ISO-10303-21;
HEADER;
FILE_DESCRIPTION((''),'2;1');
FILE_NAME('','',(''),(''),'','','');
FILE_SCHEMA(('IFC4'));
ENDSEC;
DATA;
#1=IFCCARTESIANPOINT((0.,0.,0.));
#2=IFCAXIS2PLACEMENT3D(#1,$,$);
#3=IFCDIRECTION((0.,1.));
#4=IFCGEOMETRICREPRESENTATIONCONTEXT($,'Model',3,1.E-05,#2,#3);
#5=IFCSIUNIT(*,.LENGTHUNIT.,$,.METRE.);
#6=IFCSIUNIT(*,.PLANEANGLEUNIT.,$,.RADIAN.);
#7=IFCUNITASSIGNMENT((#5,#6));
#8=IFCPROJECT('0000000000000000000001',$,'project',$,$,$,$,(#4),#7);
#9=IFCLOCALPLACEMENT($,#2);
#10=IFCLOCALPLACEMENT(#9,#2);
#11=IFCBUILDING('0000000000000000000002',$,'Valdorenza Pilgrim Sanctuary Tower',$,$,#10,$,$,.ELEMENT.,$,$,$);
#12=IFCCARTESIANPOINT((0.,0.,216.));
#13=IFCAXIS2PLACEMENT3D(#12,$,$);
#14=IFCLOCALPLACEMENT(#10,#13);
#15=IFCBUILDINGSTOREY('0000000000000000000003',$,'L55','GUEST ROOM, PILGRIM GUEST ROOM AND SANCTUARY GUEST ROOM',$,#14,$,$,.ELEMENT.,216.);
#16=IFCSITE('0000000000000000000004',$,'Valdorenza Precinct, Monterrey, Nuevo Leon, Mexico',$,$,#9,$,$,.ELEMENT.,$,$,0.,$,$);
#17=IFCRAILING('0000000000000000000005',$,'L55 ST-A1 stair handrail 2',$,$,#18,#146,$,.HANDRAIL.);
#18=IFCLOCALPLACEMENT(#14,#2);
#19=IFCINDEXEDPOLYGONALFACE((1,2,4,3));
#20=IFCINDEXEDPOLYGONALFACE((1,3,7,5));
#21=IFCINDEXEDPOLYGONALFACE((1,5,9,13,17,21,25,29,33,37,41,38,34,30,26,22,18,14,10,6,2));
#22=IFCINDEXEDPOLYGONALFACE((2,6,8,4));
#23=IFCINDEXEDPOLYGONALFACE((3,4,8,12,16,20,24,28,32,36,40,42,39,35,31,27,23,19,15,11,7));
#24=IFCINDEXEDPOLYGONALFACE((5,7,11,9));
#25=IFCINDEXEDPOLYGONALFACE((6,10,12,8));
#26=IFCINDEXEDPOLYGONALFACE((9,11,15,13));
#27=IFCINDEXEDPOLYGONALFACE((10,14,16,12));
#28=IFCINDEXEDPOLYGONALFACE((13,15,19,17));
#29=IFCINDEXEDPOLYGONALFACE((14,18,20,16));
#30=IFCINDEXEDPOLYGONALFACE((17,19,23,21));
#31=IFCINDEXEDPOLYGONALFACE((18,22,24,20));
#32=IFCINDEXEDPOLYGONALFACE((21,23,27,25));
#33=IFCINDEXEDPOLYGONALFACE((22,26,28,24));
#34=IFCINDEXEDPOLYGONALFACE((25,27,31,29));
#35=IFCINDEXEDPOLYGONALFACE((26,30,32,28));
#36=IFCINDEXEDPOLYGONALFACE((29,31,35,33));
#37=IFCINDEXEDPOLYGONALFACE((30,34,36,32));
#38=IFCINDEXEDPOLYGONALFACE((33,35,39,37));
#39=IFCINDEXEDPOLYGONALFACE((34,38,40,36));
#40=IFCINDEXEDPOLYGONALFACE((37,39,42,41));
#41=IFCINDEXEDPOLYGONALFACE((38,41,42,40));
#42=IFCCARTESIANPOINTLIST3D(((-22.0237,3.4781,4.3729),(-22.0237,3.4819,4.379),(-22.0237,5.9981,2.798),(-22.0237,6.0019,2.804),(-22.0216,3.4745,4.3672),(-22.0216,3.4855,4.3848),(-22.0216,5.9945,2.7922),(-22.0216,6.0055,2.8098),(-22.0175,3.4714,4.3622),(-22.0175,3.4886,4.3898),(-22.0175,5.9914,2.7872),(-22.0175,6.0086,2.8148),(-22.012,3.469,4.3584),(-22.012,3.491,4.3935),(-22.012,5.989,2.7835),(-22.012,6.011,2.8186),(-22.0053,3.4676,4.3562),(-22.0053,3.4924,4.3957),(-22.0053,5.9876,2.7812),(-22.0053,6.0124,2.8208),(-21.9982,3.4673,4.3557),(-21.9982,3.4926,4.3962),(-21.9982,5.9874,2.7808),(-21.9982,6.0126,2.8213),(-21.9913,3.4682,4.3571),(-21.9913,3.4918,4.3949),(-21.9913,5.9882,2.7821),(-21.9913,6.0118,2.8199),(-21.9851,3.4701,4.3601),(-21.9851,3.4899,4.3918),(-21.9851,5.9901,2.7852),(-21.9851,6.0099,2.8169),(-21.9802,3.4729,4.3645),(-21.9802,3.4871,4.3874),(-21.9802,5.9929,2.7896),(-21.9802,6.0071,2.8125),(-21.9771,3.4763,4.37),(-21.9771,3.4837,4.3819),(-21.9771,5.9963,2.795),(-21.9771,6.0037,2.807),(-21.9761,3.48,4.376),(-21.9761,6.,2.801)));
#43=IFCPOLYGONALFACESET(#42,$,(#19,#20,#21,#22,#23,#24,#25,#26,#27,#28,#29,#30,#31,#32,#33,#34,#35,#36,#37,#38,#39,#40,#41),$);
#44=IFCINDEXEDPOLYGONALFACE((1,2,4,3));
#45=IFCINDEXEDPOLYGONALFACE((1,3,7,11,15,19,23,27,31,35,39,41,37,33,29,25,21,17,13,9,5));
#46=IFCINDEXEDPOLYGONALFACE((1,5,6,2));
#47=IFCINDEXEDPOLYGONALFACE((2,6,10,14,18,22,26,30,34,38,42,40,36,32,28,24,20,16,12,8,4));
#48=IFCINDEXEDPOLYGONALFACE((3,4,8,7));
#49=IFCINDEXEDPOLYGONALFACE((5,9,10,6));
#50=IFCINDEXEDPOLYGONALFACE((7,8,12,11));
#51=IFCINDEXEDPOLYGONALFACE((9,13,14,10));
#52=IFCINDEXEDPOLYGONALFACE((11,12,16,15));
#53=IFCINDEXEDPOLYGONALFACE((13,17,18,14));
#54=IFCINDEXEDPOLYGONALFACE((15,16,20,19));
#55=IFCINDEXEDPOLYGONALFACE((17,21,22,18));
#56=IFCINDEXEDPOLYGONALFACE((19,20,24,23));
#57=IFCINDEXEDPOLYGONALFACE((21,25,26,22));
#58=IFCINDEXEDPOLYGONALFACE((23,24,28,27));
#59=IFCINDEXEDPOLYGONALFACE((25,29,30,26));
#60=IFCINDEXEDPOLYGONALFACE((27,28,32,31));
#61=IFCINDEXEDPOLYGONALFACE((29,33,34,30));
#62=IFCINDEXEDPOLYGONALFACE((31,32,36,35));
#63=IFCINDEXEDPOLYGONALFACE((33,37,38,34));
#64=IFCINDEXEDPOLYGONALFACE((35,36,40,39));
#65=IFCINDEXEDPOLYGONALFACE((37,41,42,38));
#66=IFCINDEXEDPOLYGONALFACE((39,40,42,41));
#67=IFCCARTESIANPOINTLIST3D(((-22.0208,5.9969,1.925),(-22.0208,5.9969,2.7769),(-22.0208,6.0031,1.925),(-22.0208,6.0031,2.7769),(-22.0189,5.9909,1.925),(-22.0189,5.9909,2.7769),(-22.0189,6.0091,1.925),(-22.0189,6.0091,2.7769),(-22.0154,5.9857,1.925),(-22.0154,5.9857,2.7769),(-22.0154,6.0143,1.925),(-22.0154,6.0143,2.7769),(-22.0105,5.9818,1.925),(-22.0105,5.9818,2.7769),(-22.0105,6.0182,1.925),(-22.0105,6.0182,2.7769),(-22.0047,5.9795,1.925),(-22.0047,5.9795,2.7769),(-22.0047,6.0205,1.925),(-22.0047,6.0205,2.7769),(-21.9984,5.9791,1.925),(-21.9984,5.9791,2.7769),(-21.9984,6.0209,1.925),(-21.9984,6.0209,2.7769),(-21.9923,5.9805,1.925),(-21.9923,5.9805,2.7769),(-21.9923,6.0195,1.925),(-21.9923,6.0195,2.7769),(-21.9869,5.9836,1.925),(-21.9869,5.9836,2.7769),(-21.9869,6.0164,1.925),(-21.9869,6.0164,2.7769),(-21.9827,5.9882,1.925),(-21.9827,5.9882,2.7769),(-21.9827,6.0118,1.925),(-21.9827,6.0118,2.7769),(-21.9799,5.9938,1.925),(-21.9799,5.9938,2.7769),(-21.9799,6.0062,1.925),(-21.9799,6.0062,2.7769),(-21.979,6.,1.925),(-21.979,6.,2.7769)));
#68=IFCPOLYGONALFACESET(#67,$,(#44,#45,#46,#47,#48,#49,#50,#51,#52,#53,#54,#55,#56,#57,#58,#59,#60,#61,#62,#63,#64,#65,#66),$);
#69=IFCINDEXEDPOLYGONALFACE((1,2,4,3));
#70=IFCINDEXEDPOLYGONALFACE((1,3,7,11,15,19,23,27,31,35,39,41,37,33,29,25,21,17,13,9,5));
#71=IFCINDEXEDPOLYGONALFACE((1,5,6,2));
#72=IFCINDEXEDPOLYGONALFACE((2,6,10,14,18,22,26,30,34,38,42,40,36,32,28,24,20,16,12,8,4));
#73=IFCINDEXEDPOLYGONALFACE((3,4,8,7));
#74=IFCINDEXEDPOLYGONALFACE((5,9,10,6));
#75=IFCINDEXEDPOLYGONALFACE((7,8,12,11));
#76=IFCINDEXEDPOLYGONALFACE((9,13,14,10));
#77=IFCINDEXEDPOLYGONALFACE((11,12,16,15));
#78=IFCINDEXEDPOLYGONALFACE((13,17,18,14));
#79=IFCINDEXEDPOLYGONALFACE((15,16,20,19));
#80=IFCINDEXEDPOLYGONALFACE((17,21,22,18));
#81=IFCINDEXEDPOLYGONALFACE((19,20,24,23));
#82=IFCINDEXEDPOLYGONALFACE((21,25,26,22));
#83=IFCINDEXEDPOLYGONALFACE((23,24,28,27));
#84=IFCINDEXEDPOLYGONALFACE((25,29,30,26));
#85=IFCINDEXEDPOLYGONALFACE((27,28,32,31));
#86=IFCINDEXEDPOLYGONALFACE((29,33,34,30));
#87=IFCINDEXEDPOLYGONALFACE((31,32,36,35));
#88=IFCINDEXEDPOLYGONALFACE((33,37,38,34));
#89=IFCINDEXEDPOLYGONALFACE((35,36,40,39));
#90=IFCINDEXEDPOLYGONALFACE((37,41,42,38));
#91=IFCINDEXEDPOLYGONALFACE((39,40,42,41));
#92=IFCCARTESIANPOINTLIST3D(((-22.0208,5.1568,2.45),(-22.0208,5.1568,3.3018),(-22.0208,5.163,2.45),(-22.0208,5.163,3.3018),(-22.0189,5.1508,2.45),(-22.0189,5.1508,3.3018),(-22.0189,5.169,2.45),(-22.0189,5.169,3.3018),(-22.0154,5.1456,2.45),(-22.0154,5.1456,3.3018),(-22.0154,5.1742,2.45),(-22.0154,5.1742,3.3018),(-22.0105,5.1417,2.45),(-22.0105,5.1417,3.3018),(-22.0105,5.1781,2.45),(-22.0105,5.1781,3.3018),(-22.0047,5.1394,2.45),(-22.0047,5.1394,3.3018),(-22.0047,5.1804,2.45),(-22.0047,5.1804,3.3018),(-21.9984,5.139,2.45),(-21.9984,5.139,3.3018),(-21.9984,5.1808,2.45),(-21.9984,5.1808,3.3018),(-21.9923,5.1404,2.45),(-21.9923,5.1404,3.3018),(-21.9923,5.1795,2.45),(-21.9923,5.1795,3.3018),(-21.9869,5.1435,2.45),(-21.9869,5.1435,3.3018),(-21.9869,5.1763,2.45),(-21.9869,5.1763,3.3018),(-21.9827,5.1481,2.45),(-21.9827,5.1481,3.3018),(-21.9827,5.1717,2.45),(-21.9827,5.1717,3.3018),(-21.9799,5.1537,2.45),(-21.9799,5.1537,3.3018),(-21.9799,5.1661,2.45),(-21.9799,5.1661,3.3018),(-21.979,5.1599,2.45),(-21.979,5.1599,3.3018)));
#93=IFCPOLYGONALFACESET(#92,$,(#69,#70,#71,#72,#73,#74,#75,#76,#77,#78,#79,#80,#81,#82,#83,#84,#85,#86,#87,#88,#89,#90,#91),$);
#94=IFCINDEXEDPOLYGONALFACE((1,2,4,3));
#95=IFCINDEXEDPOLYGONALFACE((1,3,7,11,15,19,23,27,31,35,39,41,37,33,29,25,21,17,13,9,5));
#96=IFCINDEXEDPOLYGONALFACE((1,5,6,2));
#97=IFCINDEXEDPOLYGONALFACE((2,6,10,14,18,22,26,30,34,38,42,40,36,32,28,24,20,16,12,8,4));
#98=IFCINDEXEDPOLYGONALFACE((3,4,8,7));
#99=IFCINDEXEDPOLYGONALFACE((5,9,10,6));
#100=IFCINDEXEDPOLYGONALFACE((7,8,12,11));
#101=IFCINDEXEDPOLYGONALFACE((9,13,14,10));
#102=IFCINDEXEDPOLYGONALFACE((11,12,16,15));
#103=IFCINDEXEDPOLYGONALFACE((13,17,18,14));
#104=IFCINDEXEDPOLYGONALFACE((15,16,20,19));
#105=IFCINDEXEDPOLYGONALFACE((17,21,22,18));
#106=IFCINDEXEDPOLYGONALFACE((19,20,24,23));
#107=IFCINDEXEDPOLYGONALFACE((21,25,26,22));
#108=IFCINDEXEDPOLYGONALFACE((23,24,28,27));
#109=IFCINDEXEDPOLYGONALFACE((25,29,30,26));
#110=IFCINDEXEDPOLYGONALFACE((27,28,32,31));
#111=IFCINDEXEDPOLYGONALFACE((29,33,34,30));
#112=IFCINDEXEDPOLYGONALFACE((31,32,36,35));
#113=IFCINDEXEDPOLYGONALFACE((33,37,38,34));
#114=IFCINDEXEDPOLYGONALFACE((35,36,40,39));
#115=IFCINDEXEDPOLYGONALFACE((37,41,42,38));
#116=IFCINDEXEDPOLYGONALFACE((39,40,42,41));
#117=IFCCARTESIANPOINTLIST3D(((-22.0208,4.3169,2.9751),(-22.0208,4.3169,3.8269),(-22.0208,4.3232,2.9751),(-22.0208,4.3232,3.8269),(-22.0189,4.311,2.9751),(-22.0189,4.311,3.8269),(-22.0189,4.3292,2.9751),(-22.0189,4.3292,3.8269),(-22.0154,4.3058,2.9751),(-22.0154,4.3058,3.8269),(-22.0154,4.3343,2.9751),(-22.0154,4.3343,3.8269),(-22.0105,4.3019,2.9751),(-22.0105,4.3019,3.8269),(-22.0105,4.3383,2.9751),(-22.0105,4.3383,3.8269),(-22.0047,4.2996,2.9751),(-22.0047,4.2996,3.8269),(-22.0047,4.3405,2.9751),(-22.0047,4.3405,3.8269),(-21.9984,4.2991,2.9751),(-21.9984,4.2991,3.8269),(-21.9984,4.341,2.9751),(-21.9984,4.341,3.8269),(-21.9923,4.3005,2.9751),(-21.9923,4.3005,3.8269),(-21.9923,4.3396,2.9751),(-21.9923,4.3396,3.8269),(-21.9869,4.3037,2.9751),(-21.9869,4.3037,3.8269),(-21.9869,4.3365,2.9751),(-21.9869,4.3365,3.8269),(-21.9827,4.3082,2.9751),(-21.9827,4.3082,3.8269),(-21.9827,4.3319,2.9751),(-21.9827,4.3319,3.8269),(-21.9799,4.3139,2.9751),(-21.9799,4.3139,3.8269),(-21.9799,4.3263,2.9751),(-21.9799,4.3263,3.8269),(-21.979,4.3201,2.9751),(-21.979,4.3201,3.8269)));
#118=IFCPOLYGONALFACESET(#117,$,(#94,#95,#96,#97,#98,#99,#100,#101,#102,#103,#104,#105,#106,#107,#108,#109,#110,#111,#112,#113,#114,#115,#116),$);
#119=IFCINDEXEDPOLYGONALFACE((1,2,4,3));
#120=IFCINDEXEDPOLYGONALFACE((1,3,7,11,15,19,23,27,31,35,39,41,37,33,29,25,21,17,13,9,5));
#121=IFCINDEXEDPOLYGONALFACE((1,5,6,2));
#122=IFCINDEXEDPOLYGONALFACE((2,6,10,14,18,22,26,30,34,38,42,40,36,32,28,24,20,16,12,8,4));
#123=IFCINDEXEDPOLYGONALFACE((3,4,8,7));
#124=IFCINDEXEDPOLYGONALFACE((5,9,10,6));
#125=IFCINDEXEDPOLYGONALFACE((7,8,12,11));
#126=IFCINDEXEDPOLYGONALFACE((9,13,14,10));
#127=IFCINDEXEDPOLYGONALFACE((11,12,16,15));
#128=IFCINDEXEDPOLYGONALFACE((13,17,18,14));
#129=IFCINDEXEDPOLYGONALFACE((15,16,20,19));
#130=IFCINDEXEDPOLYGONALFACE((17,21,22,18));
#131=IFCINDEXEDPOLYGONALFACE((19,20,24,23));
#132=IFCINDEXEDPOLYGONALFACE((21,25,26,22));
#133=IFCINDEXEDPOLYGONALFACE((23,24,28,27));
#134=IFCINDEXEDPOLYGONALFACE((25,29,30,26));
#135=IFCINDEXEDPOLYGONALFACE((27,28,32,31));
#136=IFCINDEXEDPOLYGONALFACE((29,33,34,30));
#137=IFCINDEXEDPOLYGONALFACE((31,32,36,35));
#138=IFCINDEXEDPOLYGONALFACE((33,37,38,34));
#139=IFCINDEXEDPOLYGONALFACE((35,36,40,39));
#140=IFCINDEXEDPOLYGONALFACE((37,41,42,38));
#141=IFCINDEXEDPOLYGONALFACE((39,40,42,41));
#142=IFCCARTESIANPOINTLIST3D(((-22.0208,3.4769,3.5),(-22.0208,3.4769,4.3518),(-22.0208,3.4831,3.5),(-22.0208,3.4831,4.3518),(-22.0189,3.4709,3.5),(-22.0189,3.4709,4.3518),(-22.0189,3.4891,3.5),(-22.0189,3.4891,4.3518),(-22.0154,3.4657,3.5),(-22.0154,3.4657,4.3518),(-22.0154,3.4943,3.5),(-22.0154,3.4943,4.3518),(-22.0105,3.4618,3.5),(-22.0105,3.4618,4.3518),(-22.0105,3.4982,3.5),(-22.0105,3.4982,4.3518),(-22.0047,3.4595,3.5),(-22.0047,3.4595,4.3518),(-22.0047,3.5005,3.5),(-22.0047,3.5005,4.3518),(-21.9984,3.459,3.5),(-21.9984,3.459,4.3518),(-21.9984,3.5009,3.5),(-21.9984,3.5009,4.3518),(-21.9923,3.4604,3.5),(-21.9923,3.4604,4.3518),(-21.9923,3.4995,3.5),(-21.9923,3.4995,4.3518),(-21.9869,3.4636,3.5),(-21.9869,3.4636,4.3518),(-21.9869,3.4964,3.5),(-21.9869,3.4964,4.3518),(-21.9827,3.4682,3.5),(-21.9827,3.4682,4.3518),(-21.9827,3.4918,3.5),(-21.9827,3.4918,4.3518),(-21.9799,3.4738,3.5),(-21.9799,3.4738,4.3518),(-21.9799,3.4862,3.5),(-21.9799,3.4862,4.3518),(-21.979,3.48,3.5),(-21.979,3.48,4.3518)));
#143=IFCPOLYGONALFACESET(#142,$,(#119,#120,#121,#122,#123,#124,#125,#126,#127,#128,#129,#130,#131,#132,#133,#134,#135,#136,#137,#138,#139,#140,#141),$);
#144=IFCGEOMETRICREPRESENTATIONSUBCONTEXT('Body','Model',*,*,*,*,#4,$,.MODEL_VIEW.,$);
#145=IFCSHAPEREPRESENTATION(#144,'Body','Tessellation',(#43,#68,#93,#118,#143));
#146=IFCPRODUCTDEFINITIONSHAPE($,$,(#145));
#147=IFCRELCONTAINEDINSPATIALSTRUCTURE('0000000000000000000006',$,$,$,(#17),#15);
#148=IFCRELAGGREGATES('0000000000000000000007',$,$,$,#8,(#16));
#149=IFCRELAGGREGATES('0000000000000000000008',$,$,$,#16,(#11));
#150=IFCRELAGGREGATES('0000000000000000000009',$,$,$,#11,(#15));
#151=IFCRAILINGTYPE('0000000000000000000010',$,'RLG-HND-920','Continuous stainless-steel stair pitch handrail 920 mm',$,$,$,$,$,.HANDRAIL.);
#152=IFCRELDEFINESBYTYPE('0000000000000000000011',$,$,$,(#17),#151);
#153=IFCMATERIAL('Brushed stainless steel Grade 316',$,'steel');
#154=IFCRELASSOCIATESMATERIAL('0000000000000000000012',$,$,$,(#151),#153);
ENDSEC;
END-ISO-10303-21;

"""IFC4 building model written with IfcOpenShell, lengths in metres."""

from ifc_helpers import new_model, si_unit, direction, frame, origin, origin_2d, place, context, subcontext, project, spatial, circle, extrude, material, type_object, element, save


model = new_model("IFC4")

# Units and contexts
model_context = context("Model", 3, precision=1e-05, world=origin(), true_north=direction((0.0, 1.0)))
body_context = subcontext(model_context, "Body", "Model", "MODEL_VIEW")
ifc_project = project(units=[si_unit("LENGTHUNIT", "METRE"), si_unit("PLANEANGLEUNIT", "RADIAN")], contexts=[model_context])

# Site, building, storey
site_placement = place(None, origin())
site = spatial("IfcSite", under=ifc_project, at=site_placement, Name="Valdorenza Precinct, Monterrey, Nuevo Leon, Mexico", CompositionType="ELEMENT", RefElevation=0.0)
building_placement = place(site_placement, origin())
building = spatial("IfcBuilding", under=site, at=building_placement, Name="Valdorenza Pilgrim Sanctuary Tower", CompositionType="ELEMENT")
storey_placement = place(building_placement, frame((0.0, 0.0, 216.0)))
storey = spatial("IfcBuildingStorey", under=building, at=storey_placement, Name="L55", Description="GUEST ROOM, PILGRIM GUEST ROOM AND SANCTUARY GUEST ROOM", CompositionType="ELEMENT", Elevation=216.0)

# Railing
ifc_material_1 = material(Name="Brushed stainless steel Grade 316", Category="steel")
railing_type_1 = type_object("IfcRailingType", Name="RLG-HND-920", Description="Continuous stainless-steel stair pitch handrail 920 mm", PredefinedType="HANDRAIL", material=ifc_material_1)
railing_1_placement = place(storey_placement, frame((-22.0, 6.0, 1.925)))
element("IfcRailing", 1, at=railing_1_placement, inside=storey, type_object=railing_type_1, Name="L55 ST-A1 stair handrail 2", PredefinedType="HANDRAIL", context=body_context, shape_type="SweptSolid", body=[
    extrude(circle(Radius=0.0239, at=origin_2d()), frame((0.0, 0.0, 0.876), z_axis=(0.0, -0.848008, 0.529984), x_axis=(1.0, 0.0, 0.0)), (0.0, 0.0, 1.0), 2.9717),
    extrude(circle(Radius=0.021, at=origin_2d()), origin(), (0.0, 0.0, 1.0), 0.8518),
    extrude(circle(Radius=0.021, at=origin_2d()), frame((0.0, -0.8401, 0.5249)), (0.0, 0.0, 1.0), 0.8518),
    extrude(circle(Radius=0.021, at=origin_2d()), frame((0.0, -1.6799, 1.05)), (0.0, 0.0, 1.0), 0.8518),
    extrude(circle(Radius=0.021, at=origin_2d()), frame((0.0, -2.52, 1.575)), (0.0, 0.0, 1.0), 0.8518),
])

save(model, "model.ifc")
